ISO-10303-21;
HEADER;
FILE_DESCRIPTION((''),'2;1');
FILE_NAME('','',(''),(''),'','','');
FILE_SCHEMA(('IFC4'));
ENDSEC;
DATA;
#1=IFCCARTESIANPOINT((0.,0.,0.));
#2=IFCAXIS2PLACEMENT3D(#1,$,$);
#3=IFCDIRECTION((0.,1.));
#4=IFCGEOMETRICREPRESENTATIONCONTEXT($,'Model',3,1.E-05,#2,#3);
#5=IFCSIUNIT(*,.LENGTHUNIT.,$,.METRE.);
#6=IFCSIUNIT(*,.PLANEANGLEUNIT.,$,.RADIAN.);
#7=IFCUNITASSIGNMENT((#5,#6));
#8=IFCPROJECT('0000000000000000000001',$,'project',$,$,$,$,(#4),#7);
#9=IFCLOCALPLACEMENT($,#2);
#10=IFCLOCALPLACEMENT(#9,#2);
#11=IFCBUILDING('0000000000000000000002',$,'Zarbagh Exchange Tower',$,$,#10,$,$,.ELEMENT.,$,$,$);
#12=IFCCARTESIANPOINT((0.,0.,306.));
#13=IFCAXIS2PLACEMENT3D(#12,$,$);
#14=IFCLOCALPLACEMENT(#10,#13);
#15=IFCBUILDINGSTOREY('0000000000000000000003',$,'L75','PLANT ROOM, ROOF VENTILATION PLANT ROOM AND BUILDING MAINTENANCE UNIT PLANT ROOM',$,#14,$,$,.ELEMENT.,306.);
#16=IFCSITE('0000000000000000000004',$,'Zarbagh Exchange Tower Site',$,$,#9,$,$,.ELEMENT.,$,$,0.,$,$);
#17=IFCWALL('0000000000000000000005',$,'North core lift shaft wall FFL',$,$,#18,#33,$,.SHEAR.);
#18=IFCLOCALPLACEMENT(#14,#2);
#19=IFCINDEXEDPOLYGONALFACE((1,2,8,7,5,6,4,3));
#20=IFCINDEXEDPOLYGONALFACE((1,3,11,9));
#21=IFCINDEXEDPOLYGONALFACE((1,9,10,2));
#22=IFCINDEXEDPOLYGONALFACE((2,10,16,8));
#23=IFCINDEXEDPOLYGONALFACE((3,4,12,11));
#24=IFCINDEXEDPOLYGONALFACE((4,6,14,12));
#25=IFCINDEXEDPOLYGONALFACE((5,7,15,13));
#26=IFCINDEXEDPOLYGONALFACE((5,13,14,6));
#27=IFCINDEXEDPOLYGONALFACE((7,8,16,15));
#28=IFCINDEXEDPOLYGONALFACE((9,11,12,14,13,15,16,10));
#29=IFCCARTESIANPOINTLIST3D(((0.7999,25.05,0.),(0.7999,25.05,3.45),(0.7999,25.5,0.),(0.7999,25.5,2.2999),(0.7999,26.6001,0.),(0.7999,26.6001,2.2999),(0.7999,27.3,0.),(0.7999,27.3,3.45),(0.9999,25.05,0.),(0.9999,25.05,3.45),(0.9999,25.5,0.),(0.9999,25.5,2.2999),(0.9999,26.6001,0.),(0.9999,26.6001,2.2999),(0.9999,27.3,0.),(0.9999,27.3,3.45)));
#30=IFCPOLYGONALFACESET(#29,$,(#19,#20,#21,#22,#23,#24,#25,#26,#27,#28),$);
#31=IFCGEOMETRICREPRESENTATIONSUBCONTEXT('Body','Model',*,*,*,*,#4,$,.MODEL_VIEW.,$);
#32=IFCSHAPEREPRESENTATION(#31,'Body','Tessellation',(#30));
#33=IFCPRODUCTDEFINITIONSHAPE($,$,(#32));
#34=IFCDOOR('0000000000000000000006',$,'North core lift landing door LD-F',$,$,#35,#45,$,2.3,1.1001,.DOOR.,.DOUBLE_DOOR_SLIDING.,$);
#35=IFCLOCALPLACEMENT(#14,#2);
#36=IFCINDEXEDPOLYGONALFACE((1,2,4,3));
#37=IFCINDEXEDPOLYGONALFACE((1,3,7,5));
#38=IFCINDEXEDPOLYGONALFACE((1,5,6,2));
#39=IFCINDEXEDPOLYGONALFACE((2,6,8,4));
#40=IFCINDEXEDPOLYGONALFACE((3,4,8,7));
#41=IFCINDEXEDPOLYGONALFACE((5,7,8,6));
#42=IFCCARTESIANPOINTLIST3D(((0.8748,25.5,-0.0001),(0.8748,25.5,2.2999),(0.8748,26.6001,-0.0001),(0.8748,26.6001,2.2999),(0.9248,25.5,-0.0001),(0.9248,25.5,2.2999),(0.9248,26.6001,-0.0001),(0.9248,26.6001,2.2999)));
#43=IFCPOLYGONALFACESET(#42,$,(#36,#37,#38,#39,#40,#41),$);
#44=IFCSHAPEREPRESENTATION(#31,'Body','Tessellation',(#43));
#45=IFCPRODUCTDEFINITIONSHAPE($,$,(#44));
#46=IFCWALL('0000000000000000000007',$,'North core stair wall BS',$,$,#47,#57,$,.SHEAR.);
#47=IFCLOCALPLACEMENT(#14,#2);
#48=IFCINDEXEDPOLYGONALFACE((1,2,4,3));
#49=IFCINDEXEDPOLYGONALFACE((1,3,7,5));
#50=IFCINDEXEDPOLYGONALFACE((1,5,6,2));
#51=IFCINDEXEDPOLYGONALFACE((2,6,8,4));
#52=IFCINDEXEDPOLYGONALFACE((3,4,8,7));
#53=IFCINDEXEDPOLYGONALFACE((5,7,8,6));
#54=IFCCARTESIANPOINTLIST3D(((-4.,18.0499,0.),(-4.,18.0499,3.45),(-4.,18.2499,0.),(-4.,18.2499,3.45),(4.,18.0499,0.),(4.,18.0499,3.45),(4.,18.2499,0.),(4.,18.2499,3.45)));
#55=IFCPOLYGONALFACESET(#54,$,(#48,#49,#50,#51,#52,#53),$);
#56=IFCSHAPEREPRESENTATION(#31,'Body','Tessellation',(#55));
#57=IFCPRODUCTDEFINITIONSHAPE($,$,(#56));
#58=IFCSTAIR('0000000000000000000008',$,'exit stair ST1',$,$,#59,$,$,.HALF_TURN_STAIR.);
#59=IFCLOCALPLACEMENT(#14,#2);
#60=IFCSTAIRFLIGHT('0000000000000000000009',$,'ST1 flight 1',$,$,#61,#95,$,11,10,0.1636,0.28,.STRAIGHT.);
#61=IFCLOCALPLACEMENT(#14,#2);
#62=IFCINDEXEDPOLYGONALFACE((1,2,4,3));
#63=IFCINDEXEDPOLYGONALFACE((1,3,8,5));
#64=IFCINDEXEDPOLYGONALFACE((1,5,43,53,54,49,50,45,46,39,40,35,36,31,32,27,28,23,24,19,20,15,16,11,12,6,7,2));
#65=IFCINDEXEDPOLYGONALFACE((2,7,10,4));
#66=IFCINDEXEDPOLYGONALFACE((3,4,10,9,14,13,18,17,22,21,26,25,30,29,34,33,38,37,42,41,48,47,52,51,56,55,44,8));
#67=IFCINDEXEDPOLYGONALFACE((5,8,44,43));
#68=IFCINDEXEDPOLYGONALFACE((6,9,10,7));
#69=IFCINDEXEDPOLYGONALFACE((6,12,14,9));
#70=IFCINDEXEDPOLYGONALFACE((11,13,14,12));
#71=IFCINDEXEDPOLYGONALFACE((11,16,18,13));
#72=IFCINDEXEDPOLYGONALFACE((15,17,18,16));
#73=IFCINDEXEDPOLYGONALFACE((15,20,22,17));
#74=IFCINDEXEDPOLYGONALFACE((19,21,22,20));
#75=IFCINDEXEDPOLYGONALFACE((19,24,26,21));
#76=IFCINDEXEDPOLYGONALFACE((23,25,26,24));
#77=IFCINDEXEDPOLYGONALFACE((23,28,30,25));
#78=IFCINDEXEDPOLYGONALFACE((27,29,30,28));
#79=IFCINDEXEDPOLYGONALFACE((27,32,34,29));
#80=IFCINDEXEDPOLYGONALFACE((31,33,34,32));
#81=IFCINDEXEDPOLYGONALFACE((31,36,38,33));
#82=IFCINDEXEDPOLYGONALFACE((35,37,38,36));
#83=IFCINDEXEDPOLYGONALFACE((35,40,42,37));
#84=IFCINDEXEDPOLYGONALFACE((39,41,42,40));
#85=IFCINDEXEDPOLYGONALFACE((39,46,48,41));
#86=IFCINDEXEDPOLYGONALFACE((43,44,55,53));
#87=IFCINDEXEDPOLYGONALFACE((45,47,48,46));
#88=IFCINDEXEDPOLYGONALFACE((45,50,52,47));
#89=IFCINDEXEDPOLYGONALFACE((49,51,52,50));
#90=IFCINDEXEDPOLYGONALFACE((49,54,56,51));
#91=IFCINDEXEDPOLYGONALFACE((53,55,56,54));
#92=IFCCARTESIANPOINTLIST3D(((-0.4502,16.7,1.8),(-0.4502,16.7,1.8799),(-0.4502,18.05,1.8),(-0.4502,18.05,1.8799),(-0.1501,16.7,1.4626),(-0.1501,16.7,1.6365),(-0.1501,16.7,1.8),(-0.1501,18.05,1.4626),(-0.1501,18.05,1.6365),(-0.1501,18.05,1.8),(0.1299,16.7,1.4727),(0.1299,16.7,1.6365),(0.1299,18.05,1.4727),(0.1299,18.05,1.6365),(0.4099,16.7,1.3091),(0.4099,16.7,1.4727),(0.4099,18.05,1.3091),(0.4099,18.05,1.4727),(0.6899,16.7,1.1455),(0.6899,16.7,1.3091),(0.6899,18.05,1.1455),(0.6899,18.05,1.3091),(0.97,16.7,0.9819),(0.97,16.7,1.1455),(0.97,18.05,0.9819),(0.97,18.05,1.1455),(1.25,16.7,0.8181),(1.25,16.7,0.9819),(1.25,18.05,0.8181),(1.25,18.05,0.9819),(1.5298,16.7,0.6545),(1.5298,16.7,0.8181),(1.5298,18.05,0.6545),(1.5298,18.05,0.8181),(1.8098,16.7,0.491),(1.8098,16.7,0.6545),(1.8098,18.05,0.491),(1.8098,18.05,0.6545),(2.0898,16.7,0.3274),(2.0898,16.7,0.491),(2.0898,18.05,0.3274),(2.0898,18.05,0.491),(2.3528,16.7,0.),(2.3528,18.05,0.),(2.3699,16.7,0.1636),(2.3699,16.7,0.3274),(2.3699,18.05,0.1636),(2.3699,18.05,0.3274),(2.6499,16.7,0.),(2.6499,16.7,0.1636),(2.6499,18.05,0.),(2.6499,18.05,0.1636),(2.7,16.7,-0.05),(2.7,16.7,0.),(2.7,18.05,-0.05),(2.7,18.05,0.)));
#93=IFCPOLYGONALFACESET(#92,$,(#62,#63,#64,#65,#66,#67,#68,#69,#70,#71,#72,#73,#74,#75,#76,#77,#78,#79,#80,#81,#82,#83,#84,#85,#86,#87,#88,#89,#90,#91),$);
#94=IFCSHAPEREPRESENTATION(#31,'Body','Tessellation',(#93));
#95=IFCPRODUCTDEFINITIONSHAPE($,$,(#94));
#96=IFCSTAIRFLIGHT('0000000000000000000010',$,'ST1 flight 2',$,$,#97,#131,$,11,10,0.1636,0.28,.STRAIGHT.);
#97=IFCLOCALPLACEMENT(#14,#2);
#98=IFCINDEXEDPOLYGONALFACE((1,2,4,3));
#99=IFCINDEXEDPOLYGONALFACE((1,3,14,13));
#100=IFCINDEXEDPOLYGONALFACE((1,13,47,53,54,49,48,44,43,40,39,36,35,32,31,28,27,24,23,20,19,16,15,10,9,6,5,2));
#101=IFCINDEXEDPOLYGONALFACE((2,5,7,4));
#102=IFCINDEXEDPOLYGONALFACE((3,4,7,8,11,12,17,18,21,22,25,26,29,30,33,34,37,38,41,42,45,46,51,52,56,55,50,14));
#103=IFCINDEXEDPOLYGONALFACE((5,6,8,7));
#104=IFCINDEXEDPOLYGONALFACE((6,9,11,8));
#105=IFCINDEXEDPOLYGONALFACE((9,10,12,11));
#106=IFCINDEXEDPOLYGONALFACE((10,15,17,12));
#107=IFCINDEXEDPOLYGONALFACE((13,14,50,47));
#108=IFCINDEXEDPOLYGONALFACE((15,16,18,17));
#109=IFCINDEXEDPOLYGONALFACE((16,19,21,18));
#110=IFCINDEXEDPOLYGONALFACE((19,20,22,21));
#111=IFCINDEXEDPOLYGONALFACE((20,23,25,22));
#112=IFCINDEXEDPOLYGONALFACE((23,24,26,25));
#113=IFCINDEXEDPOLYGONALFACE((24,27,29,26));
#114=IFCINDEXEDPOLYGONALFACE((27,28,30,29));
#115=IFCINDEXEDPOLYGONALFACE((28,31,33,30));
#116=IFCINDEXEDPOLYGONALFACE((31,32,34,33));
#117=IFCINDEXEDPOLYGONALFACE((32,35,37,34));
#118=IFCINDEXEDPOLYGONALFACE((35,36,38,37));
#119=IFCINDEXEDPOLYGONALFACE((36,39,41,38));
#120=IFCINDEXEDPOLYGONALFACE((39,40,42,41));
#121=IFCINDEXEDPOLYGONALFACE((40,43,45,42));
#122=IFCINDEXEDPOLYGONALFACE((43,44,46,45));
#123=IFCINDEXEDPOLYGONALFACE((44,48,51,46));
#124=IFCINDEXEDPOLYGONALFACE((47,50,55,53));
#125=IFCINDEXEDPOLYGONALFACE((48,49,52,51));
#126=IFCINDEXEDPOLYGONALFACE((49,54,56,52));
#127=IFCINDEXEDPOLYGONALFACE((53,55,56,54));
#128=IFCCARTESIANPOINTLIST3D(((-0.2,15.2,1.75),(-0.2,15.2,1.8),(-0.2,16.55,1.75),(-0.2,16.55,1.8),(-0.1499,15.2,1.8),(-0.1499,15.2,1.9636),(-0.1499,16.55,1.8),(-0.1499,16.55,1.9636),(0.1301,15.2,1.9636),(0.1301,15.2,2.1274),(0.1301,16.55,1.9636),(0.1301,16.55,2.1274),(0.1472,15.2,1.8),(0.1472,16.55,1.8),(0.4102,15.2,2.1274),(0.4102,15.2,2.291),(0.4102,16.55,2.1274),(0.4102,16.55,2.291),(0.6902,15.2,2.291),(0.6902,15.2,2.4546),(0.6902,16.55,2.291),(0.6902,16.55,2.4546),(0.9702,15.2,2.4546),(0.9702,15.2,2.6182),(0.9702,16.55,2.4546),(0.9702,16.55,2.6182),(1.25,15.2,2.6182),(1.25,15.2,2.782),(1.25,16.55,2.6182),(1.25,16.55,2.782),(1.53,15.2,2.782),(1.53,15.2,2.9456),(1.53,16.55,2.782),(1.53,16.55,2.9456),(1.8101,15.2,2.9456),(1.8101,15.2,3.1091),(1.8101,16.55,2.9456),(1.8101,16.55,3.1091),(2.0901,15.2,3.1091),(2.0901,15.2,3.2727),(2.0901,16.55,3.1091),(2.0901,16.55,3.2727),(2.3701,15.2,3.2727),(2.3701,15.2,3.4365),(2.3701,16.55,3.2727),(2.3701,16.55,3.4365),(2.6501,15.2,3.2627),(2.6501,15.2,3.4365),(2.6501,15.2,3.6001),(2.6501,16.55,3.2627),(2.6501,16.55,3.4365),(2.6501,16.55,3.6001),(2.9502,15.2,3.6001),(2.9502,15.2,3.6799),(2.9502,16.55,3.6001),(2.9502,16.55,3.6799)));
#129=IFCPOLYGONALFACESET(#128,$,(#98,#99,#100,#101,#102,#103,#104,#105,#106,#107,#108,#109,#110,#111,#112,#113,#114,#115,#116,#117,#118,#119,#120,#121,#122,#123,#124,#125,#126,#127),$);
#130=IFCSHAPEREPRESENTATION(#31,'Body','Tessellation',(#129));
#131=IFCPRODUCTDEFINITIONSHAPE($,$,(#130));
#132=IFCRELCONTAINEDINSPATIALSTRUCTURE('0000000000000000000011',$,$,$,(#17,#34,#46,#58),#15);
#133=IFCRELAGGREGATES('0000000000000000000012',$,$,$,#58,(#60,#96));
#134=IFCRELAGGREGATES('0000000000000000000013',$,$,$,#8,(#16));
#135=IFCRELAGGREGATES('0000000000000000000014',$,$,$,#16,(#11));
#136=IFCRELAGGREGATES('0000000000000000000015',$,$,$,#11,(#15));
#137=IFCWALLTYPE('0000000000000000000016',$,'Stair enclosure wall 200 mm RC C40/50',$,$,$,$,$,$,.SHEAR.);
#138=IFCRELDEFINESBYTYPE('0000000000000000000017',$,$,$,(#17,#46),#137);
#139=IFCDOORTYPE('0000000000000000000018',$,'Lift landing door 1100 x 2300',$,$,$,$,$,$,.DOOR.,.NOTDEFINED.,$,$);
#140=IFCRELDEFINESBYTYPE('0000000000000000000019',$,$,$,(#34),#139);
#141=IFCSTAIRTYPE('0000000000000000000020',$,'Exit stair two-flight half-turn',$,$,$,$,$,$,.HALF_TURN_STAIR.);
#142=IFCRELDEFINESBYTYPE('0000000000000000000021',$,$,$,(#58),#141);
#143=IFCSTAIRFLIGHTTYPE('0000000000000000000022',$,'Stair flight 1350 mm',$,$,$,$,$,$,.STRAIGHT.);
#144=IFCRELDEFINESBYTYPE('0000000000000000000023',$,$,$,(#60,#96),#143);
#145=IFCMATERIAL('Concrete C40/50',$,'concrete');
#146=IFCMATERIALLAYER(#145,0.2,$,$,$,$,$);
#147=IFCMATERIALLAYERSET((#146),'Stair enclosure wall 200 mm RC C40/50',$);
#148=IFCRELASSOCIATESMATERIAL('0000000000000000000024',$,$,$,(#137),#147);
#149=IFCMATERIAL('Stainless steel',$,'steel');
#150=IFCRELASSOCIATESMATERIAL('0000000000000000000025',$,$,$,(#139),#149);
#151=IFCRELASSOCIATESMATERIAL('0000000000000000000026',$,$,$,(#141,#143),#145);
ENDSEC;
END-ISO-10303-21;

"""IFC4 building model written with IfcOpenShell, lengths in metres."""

from ifc_helpers import new_model, si_unit, direction, frame, frame_2d, origin, place, context, subcontext, project, spatial, polyline, rectangle, outline, extrude, material, layer, layer_set, type_object, element, fill, aggregate, save


model = new_model("IFC4")

# Units and contexts
model_context = context("Model", 3, precision=1e-05, world=origin(), true_north=direction((0.0, 1.0)))
body_context = subcontext(model_context, "Body", "Model", "MODEL_VIEW")
ifc_project = project(units=[si_unit("LENGTHUNIT", "METRE"), si_unit("PLANEANGLEUNIT", "RADIAN")], contexts=[model_context])

# Site, building, storey
site_placement = place(None, origin())
site = spatial("IfcSite", under=ifc_project, at=site_placement, Name="Zarbagh Exchange Tower Site", CompositionType="ELEMENT", RefElevation=0.0)
building_placement = place(site_placement, origin())
building = spatial("IfcBuilding", under=site, at=building_placement, Name="Zarbagh Exchange Tower", CompositionType="ELEMENT")
storey_placement = place(building_placement, frame((0.0, 0.0, 306.0)))
storey = spatial("IfcBuildingStorey", under=building, at=storey_placement, Name="L75", Description="PLANT ROOM, ROOF VENTILATION PLANT ROOM AND BUILDING MAINTENANCE UNIT PLANT ROOM", CompositionType="ELEMENT", Elevation=306.0)

# Shared definitions
ifc_material_1 = material(Name="Concrete C40/50", Category="concrete")

# Shared definitions
ifc_layer_1 = layer(ifc_material_1, 0.2)
ifc_layer_set_1 = layer_set([ifc_layer_1], Name="Stair enclosure wall 200 mm RC C40/50")
wall_type_1 = type_object("IfcWallType", Name="Stair enclosure wall 200 mm RC C40/50", PredefinedType="SHEAR", material=ifc_layer_set_1)

# Wall, opening, door
wall_1_placement = place(storey_placement, frame((0.8999, 27.3, 0.0), z_axis=(0.0, 0.0, 1.0), x_axis=(0.0, -1.0, 0.0)))
wall_1 = element("IfcWall", 1, at=wall_1_placement, inside=storey, type_object=wall_type_1, Name="North core lift shaft wall FFL", PredefinedType="SHEAR", context=body_context, shape_type="SweptSolid", body=[
    extrude(rectangle(XDim=2.25, YDim=0.2, at=frame_2d((1.125, 0.0))), origin(), (0.0, 0.0, 1.0), 3.45),
])
opening_1_placement = place(wall_1_placement, frame((0.7, 0.0, 0.0)))
opening_1 = element("IfcOpeningElement", 2, at=opening_1_placement, cuts=wall_1, PredefinedType="OPENING", context=body_context, shape_type="SweptSolid", body=[
    extrude(rectangle(XDim=1.1001, YDim=2.3, at=frame_2d((0.55, 1.1499))), frame((0.0, 0.1099, 0.0), z_axis=(0.0, -1.0, 0.0), x_axis=(1.0, 0.0, 0.0)), (0.0, 0.0, 1.0), 0.22),
])
ifc_material_2 = material(Name="Stainless steel", Category="steel")
door_type_1 = type_object("IfcDoorType", Name="Lift landing door 1100 x 2300", OperationType="NOTDEFINED", PredefinedType="DOOR", material=ifc_material_2)
door_1_placement = place(opening_1_placement, origin())
door_1 = element("IfcDoor", 3, at=door_1_placement, inside=storey, type_object=door_type_1, Name="North core lift landing door LD-F", OperationType="DOUBLE_DOOR_SLIDING", OverallHeight=2.3, OverallWidth=1.1001, PredefinedType="DOOR", context=body_context, shape_type="SweptSolid", body=[
    extrude(rectangle(XDim=1.1001, YDim=2.3, at=frame_2d((0.55, 1.1499))), frame((0.0, 0.0249, 0.0), z_axis=(0.0, -1.0, 0.0), x_axis=(1.0, 0.0, 0.0)), (0.0, 0.0, 1.0), 0.05),
])
fill(opening_1, door_1)

# Wall
wall_2_placement = place(storey_placement, frame((-4.0, 18.1499, 0.0), z_axis=(0.0, 0.0, 1.0), x_axis=(1.0, 0.0, 0.0)))
element("IfcWall", 4, at=wall_2_placement, inside=storey, type_object=wall_type_1, Name="North core stair wall BS", PredefinedType="SHEAR", context=body_context, shape_type="SweptSolid", body=[
    extrude(rectangle(XDim=8.0, YDim=0.2, at=frame_2d((4.0, 0.0))), origin(), (0.0, 0.0, 1.0), 3.45),
])

# Stair, stair flights
stair_type = type_object("IfcStairType", Name="Exit stair two-flight half-turn", PredefinedType="HALF_TURN_STAIR", material=ifc_material_1)
stair_placement = place(storey_placement, origin())
stair = element("IfcStair", 5, at=stair_placement, inside=storey, type_object=stair_type, Name="exit stair ST1", PredefinedType="HALF_TURN_STAIR")
stair_flight_type = type_object("IfcStairFlightType", Name="Stair flight 1350 mm", PredefinedType="STRAIGHT", material=ifc_material_1)
stair_flight_1_placement = place(storey_placement, frame((2.6499, 17.375, 0.0), z_axis=(0.0, 0.0, 1.0), x_axis=(-1.0, 0.0, 0.0)))
stair_flight_1 = element("IfcStairFlight", 6, at=stair_flight_1_placement, type_object=stair_flight_type, Name="ST1 flight 1", NumberOfRisers=11, NumberOfTreads=10, PredefinedType="STRAIGHT", RiserHeight=0.1636, TreadLength=0.28, context=body_context, shape_type="SweptSolid", body=[
    extrude(outline(polyline([(-0.05, -0.05), (-0.05, 0.0), (0.0, 0.0), (0.0, 0.1636), (0.28, 0.1636), (0.28, 0.3274), (0.5601, 0.3274), (0.5601, 0.491), (0.8401, 0.491), (0.8401, 0.6545), (1.1201, 0.6545), (1.1201, 0.8181), (1.3999, 0.8181), (1.3999, 0.9819), (1.6799, 0.9819), (1.6799, 1.1455), (1.96, 1.1455), (1.96, 1.3091), (2.24, 1.3091), (2.24, 1.4727), (2.52, 1.4727), (2.52, 1.6365), (2.8, 1.6365), (2.8, 1.8), (3.1001, 1.8799), (3.1001, 1.8), (2.8, 1.4626), (0.2971, 0.0), (-0.05, -0.05)])), frame((0.0, 0.675, 0.0), z_axis=(0.0, -1.0, 0.0), x_axis=(1.0, 0.0, 0.0)), (0.0, 0.0, 1.0), 1.3501),
])
stair_flight_2_placement = place(storey_placement, frame((-0.1499, 15.875, 1.8), z_axis=(0.0, 0.0, 1.0), x_axis=(1.0, 0.0, 0.0)))
stair_flight_2 = element("IfcStairFlight", 7, at=stair_flight_2_placement, type_object=stair_flight_type, Name="ST1 flight 2", NumberOfRisers=11, NumberOfTreads=10, PredefinedType="STRAIGHT", RiserHeight=0.1636, TreadLength=0.28, context=body_context, shape_type="SweptSolid", body=[
    extrude(outline(polyline([(-0.05, -0.05), (-0.05, 0.0), (0.0, 0.0), (0.0, 0.1636), (0.28, 0.1636), (0.28, 0.3274), (0.5601, 0.3274), (0.5601, 0.491), (0.8401, 0.491), (0.8401, 0.6545), (1.1201, 0.6545), (1.1201, 0.8181), (1.3999, 0.8181), (1.3999, 0.9819), (1.6799, 0.9819), (1.6799, 1.1455), (1.96, 1.1455), (1.96, 1.3091), (2.24, 1.3091), (2.24, 1.4727), (2.52, 1.4727), (2.52, 1.6365), (2.8, 1.6365), (2.8, 1.8), (3.1001, 1.8799), (3.1001, 1.8), (2.8, 1.4626), (0.2971, 0.0), (-0.05, -0.05)])), frame((0.0, 0.675, 0.0), z_axis=(0.0, -1.0, 0.0), x_axis=(1.0, 0.0, 0.0)), (0.0, 0.0, 1.0), 1.3501),
])
aggregate(stair, [stair_flight_1, stair_flight_2])

save(model, "model.ifc")
